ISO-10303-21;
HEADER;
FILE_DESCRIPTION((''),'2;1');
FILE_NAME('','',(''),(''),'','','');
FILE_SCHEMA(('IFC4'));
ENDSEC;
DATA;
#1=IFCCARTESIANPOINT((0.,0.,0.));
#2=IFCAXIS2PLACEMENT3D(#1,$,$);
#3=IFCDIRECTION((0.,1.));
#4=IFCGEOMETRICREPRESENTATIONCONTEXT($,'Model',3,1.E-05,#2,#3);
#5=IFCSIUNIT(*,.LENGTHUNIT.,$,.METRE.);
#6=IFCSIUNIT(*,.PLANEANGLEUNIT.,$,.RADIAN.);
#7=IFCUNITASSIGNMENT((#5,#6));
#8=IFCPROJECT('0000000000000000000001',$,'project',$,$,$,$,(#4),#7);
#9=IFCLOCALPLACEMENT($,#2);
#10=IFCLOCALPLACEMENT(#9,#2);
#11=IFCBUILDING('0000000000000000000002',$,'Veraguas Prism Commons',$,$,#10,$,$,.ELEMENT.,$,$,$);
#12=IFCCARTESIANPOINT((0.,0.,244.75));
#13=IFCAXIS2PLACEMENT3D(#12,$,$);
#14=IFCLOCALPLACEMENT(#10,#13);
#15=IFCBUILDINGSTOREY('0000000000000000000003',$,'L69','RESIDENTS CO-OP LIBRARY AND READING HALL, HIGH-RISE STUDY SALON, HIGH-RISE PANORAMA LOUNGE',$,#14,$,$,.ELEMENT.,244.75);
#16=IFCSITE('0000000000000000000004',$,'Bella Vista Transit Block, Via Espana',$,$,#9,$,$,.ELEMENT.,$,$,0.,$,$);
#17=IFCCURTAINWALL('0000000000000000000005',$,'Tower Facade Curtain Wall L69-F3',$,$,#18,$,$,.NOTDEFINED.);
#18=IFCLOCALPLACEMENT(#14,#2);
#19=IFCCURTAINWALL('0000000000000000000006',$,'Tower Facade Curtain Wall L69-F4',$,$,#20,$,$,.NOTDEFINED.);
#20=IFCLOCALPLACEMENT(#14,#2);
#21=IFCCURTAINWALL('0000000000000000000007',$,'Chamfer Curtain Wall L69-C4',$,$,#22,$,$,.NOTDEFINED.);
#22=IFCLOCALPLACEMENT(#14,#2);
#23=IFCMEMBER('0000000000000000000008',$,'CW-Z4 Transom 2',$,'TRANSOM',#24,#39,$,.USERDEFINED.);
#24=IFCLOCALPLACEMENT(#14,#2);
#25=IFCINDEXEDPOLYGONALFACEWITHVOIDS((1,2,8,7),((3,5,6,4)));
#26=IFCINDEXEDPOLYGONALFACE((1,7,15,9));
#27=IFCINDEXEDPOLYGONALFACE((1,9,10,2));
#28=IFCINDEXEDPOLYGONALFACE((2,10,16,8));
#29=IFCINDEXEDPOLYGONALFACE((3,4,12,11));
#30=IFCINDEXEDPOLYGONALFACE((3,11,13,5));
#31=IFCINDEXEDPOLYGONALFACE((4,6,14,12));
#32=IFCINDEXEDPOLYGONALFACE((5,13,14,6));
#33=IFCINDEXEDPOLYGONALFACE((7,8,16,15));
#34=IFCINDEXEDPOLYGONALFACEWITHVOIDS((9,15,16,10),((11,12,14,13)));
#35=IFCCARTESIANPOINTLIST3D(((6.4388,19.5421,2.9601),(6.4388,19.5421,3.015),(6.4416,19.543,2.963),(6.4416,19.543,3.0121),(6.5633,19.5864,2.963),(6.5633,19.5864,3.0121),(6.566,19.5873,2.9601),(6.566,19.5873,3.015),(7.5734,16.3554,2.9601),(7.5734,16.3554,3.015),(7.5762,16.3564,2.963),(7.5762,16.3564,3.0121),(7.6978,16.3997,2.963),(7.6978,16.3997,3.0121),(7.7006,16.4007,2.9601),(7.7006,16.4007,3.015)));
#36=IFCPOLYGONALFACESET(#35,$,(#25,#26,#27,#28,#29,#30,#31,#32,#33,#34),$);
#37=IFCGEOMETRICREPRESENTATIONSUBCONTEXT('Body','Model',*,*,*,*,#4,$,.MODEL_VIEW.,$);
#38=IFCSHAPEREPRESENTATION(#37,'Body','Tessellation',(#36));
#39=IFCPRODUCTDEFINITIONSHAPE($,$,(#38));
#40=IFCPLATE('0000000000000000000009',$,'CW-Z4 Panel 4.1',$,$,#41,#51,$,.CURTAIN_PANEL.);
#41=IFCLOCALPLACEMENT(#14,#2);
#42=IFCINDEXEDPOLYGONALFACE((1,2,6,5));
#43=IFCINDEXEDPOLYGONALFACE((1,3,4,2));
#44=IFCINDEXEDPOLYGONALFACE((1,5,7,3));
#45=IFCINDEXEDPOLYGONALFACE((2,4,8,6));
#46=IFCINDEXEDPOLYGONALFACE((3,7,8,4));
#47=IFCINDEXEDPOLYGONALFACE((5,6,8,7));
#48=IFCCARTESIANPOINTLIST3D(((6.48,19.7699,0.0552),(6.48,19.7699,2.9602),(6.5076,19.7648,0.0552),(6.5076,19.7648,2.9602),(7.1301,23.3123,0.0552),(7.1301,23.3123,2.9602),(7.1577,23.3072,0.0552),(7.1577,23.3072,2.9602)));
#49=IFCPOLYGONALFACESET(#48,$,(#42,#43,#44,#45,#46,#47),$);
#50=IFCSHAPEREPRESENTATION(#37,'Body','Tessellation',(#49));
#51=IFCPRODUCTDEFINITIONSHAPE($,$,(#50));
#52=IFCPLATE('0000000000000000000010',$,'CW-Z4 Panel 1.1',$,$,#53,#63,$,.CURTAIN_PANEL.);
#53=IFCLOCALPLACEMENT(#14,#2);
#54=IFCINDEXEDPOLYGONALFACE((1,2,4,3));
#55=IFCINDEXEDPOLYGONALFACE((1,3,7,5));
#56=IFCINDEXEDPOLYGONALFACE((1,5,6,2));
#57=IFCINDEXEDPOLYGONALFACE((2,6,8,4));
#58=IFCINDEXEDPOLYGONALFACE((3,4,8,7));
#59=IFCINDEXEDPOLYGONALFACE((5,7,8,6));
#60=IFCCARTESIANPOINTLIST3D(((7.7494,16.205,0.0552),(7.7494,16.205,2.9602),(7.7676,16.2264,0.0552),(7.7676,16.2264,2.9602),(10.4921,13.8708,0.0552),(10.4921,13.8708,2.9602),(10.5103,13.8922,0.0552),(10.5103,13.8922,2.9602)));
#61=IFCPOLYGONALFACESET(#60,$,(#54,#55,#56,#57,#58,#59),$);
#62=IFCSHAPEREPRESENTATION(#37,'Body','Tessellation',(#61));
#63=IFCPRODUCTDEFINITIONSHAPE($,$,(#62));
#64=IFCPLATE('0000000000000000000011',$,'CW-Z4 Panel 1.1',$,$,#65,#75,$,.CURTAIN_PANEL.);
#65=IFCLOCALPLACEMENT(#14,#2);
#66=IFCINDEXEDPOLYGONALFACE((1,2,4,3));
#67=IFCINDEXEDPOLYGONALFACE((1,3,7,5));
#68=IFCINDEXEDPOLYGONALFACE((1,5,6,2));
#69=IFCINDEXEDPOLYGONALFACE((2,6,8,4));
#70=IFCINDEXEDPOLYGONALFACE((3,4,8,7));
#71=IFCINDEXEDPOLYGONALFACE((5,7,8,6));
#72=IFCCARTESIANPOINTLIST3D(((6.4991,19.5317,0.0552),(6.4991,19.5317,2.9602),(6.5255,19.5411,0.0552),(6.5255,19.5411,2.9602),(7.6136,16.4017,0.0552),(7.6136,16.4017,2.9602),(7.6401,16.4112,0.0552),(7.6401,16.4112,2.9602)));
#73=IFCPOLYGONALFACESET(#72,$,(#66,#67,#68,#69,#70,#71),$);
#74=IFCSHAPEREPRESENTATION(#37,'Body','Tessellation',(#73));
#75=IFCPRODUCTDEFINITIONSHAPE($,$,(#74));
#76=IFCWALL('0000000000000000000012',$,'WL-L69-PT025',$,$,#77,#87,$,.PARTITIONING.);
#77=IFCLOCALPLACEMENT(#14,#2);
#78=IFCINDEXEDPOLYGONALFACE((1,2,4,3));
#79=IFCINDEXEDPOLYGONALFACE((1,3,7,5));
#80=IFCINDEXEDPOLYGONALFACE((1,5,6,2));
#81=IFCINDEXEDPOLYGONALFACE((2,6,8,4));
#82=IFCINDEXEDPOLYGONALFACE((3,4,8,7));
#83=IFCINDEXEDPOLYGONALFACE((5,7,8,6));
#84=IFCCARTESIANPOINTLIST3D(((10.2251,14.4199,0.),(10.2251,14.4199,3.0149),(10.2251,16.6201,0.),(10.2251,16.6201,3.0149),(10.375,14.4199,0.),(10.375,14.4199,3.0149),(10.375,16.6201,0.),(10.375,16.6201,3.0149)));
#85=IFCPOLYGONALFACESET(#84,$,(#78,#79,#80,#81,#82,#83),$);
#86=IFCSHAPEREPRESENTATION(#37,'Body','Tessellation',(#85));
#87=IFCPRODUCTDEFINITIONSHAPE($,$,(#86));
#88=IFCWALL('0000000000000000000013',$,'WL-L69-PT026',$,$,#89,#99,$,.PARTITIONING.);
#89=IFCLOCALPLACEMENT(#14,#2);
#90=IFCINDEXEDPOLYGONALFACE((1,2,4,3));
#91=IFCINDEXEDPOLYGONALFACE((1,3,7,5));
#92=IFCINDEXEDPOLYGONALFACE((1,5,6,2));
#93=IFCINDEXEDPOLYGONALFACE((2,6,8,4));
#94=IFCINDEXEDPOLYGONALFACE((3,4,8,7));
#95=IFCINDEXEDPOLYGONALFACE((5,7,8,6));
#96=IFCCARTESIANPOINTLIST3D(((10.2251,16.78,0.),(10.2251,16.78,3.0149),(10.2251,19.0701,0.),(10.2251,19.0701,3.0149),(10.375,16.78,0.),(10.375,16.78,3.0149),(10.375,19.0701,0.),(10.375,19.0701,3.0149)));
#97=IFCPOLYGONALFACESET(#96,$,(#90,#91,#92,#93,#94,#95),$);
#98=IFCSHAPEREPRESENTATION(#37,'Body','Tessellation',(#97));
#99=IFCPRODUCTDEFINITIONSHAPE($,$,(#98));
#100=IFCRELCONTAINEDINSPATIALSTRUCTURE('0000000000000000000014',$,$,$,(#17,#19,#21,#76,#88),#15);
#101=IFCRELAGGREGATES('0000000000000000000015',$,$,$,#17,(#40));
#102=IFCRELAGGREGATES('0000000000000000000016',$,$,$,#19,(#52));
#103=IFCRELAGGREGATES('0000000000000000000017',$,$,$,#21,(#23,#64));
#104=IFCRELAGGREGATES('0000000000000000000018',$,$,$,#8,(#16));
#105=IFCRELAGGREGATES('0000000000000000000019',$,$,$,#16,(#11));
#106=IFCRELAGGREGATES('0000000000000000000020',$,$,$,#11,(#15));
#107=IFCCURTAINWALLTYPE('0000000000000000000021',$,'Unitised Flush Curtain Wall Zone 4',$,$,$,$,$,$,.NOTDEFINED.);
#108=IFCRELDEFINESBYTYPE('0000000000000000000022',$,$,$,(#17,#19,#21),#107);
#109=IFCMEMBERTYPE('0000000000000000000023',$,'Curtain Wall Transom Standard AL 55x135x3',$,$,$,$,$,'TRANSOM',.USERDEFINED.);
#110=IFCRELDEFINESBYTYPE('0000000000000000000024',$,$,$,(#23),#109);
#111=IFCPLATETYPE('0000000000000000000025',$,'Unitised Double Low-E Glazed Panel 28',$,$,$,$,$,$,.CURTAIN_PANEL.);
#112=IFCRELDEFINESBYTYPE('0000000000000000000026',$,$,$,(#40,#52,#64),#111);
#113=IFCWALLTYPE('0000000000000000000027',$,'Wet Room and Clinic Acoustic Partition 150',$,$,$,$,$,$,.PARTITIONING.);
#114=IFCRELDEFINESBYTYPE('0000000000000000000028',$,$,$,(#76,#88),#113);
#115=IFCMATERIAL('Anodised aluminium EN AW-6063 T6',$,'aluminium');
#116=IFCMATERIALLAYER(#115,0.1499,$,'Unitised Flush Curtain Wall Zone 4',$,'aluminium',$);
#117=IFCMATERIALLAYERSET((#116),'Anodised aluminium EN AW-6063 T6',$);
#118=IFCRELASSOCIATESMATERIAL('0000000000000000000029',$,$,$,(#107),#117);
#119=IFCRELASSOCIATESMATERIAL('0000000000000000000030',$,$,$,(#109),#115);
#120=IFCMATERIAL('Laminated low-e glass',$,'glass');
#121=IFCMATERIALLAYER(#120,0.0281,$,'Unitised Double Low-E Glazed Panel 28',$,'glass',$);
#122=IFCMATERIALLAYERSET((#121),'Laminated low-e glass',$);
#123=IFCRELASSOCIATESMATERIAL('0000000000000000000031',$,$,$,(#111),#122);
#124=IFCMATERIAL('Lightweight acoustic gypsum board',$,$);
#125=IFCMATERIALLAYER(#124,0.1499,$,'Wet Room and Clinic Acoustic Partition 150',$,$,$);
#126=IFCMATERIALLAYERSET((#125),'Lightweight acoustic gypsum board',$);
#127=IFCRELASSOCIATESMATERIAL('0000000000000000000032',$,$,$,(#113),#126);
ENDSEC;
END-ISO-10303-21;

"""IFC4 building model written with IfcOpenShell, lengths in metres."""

from ifc_helpers import new_model, si_unit, direction, frame, frame_2d, origin, origin_2d, place, context, subcontext, project, spatial, rectangle, hollow_rectangle, extrude, source, transform, mapped, material, layer, layer_set, material_profile, profile_set, type_object, element, aggregate, save


model = new_model("IFC4")

# Units and contexts
model_context = context("Model", 3, precision=1e-05, world=origin(), true_north=direction((0.0, 1.0)))
body_context = subcontext(model_context, "Body", "Model", "MODEL_VIEW")
ifc_project = project(units=[si_unit("LENGTHUNIT", "METRE"), si_unit("PLANEANGLEUNIT", "RADIAN")], contexts=[model_context])

# Site, building, storey
site_placement = place(None, origin())
site = spatial("IfcSite", under=ifc_project, at=site_placement, Name="Bella Vista Transit Block, Via Espana", CompositionType="ELEMENT", RefElevation=0.0)
building_placement = place(site_placement, origin())
building = spatial("IfcBuilding", under=site, at=building_placement, Name="Veraguas Prism Commons", CompositionType="ELEMENT")
storey_placement = place(building_placement, frame((0.0, 0.0, 244.75)))
storey = spatial("IfcBuildingStorey", under=building, at=storey_placement, Name="L69", Description="RESIDENTS CO-OP LIBRARY AND READING HALL, HIGH-RISE STUDY SALON, HIGH-RISE PANORAMA LOUNGE", CompositionType="ELEMENT", Elevation=244.75)

# Curtain walls
ifc_material_1 = material(Name="Anodised aluminium EN AW-6063 T6", Category="aluminium")
ifc_layer_1 = layer(ifc_material_1, 0.1499, Name="Unitised Flush Curtain Wall Zone 4", Category="aluminium")
ifc_layer_set_1 = layer_set([ifc_layer_1], Name="Anodised aluminium EN AW-6063 T6")
curtain_wall_type = type_object("IfcCurtainWallType", Name="Unitised Flush Curtain Wall Zone 4", PredefinedType="NOTDEFINED", material=ifc_layer_set_1)
curtain_wall_1_placement = place(storey_placement, origin())
curtain_wall_1 = element("IfcCurtainWall", 1, at=curtain_wall_1_placement, inside=storey, type_object=curtain_wall_type, Name="Tower Facade Curtain Wall L69-F3", PredefinedType="NOTDEFINED")
curtain_wall_2_placement = place(storey_placement, origin())
curtain_wall_2 = element("IfcCurtainWall", 2, at=curtain_wall_2_placement, inside=storey, type_object=curtain_wall_type, Name="Tower Facade Curtain Wall L69-F4", PredefinedType="NOTDEFINED")

# Curtain wall
curtain_wall_3_placement = place(storey_placement, origin())
curtain_wall_3 = element("IfcCurtainWall", 3, at=curtain_wall_3_placement, inside=storey, type_object=curtain_wall_type, Name="Chamfer Curtain Wall L69-C4", PredefinedType="NOTDEFINED")

# Member
ifc_material_profile_1 = material_profile(ifc_material_1, hollow_rectangle(XDim=0.0549, YDim=0.135, WallThickness=0.0029, at=origin_2d()), Name="AL55X135X3")
ifc_profile_set_1 = profile_set([ifc_material_profile_1], Name="Anodised aluminium EN AW-6063 T6")
member_type_1 = type_object("IfcMemberType", Name="Curtain Wall Transom Standard AL 55x135x3", ElementType="TRANSOM", PredefinedType="USERDEFINED", material=ifc_profile_set_1)
shared_shape_1 = source(origin(), body_context, "Body", "SweptSolid", [
    extrude(hollow_rectangle(XDim=0.0549, YDim=0.135, WallThickness=0.0029, at=origin_2d()), origin(), (0.0, 0.0, 1.0), 3.3826),
])
member_1_placement = place(storey_placement, frame((6.5024, 19.5647, 2.9875), z_axis=(0.335413, -0.942071, 0.0), x_axis=(0.0, 0.0, 1.0)))
member_1 = element("IfcMember", 4, at=member_1_placement, type_object=member_type_1, Name="CW-Z4 Transom 2", ObjectType="TRANSOM", PredefinedType="USERDEFINED", context=body_context, shape_type="MappedRepresentation", body=[
    mapped(shared_shape_1, transform((0.0, 0.0, 0.0), scale=1.0)),
])

# Plates
ifc_material_2 = material(Name="Laminated low-e glass", Category="glass")
ifc_layer_2 = layer(ifc_material_2, 0.0281, Name="Unitised Double Low-E Glazed Panel 28", Category="glass")
ifc_layer_set_2 = layer_set([ifc_layer_2], Name="Laminated low-e glass")
plate_type = type_object("IfcPlateType", Name="Unitised Double Low-E Glazed Panel 28", PredefinedType="CURTAIN_PANEL", material=ifc_layer_set_2)
shared_shape_2 = source(origin(), body_context, "Body", "SweptSolid", [
    extrude(rectangle(XDim=3.6016, YDim=0.0281, at=origin_2d()), origin(), (0.0, 0.0, 1.0), 2.905),
])
plate_1_placement = place(storey_placement, frame((6.8188, 21.5386, 0.0552), z_axis=(0.0, 0.0, 1.0), x_axis=(-0.180524, -0.983571, 0.0)))
plate_1 = element("IfcPlate", 5, at=plate_1_placement, type_object=plate_type, Name="CW-Z4 Panel 4.1", PredefinedType="CURTAIN_PANEL", context=body_context, shape_type="MappedRepresentation", body=[
    mapped(shared_shape_2, transform((0.0, 0.0, 0.0), scale=1.0)),
])
aggregate(curtain_wall_1, [plate_1])
plate_2_placement = place(storey_placement, frame((9.1299, 15.0486, 0.0552), z_axis=(0.0, 0.0, 1.0), x_axis=(0.761538, -0.64812, 0.0)))
plate_2 = element("IfcPlate", 6, at=plate_2_placement, type_object=plate_type, Name="CW-Z4 Panel 1.1", PredefinedType="CURTAIN_PANEL", context=body_context, shape_type="MappedRepresentation", body=[
    mapped(shared_shape_2, transform((0.0, 0.0, 0.0), scale=1.0)),
])
aggregate(curtain_wall_2, [plate_2])
shared_shape_3 = source(origin(), body_context, "Body", "SweptSolid", [
    extrude(rectangle(XDim=3.3225, YDim=0.0281, at=origin_2d()), origin(), (0.0, 0.0, 1.0), 2.905),
])
plate_3_placement = place(storey_placement, frame((7.0696, 17.9714, 0.0552), z_axis=(0.0, 0.0, 1.0), x_axis=(0.335457, -0.942056, 0.0)))
plate_3 = element("IfcPlate", 7, at=plate_3_placement, type_object=plate_type, Name="CW-Z4 Panel 1.1", PredefinedType="CURTAIN_PANEL", context=body_context, shape_type="MappedRepresentation", body=[
    mapped(shared_shape_3, transform((0.0, 0.0, 0.0), scale=1.0)),
])
aggregate(curtain_wall_3, [member_1, plate_3])

# Walls
ifc_material_3 = material(Name="Lightweight acoustic gypsum board")
ifc_layer_3 = layer(ifc_material_3, 0.1499, Name="Wet Room and Clinic Acoustic Partition 150")
ifc_layer_set_3 = layer_set([ifc_layer_3], Name="Lightweight acoustic gypsum board")
wall_type = type_object("IfcWallType", Name="Wet Room and Clinic Acoustic Partition 150", PredefinedType="PARTITIONING", material=ifc_layer_set_3)
wall_1_placement = place(storey_placement, frame((10.3, 14.4199, 0.0), z_axis=(0.0, 0.0, 1.0), x_axis=(0.0, 1.0, 0.0)))
element("IfcWall", 8, at=wall_1_placement, inside=storey, type_object=wall_type, Name="WL-L69-PT025", PredefinedType="PARTITIONING", context=body_context, shape_type="SweptSolid", body=[
    extrude(rectangle(XDim=2.2002, YDim=0.1499, at=frame_2d((1.1001, 0.0))), origin(), (0.0, 0.0, 1.0), 3.0149),
])
wall_2_placement = place(storey_placement, frame((10.3, 16.78, 0.0), z_axis=(0.0, 0.0, 1.0), x_axis=(0.0, 1.0, 0.0)))
element("IfcWall", 9, at=wall_2_placement, inside=storey, type_object=wall_type, Name="WL-L69-PT026", PredefinedType="PARTITIONING", context=body_context, shape_type="SweptSolid", body=[
    extrude(rectangle(XDim=2.29, YDim=0.1499, at=frame_2d((1.145, 0.0))), origin(), (0.0, 0.0, 1.0), 3.0149),
])

save(model, "model.ifc")
